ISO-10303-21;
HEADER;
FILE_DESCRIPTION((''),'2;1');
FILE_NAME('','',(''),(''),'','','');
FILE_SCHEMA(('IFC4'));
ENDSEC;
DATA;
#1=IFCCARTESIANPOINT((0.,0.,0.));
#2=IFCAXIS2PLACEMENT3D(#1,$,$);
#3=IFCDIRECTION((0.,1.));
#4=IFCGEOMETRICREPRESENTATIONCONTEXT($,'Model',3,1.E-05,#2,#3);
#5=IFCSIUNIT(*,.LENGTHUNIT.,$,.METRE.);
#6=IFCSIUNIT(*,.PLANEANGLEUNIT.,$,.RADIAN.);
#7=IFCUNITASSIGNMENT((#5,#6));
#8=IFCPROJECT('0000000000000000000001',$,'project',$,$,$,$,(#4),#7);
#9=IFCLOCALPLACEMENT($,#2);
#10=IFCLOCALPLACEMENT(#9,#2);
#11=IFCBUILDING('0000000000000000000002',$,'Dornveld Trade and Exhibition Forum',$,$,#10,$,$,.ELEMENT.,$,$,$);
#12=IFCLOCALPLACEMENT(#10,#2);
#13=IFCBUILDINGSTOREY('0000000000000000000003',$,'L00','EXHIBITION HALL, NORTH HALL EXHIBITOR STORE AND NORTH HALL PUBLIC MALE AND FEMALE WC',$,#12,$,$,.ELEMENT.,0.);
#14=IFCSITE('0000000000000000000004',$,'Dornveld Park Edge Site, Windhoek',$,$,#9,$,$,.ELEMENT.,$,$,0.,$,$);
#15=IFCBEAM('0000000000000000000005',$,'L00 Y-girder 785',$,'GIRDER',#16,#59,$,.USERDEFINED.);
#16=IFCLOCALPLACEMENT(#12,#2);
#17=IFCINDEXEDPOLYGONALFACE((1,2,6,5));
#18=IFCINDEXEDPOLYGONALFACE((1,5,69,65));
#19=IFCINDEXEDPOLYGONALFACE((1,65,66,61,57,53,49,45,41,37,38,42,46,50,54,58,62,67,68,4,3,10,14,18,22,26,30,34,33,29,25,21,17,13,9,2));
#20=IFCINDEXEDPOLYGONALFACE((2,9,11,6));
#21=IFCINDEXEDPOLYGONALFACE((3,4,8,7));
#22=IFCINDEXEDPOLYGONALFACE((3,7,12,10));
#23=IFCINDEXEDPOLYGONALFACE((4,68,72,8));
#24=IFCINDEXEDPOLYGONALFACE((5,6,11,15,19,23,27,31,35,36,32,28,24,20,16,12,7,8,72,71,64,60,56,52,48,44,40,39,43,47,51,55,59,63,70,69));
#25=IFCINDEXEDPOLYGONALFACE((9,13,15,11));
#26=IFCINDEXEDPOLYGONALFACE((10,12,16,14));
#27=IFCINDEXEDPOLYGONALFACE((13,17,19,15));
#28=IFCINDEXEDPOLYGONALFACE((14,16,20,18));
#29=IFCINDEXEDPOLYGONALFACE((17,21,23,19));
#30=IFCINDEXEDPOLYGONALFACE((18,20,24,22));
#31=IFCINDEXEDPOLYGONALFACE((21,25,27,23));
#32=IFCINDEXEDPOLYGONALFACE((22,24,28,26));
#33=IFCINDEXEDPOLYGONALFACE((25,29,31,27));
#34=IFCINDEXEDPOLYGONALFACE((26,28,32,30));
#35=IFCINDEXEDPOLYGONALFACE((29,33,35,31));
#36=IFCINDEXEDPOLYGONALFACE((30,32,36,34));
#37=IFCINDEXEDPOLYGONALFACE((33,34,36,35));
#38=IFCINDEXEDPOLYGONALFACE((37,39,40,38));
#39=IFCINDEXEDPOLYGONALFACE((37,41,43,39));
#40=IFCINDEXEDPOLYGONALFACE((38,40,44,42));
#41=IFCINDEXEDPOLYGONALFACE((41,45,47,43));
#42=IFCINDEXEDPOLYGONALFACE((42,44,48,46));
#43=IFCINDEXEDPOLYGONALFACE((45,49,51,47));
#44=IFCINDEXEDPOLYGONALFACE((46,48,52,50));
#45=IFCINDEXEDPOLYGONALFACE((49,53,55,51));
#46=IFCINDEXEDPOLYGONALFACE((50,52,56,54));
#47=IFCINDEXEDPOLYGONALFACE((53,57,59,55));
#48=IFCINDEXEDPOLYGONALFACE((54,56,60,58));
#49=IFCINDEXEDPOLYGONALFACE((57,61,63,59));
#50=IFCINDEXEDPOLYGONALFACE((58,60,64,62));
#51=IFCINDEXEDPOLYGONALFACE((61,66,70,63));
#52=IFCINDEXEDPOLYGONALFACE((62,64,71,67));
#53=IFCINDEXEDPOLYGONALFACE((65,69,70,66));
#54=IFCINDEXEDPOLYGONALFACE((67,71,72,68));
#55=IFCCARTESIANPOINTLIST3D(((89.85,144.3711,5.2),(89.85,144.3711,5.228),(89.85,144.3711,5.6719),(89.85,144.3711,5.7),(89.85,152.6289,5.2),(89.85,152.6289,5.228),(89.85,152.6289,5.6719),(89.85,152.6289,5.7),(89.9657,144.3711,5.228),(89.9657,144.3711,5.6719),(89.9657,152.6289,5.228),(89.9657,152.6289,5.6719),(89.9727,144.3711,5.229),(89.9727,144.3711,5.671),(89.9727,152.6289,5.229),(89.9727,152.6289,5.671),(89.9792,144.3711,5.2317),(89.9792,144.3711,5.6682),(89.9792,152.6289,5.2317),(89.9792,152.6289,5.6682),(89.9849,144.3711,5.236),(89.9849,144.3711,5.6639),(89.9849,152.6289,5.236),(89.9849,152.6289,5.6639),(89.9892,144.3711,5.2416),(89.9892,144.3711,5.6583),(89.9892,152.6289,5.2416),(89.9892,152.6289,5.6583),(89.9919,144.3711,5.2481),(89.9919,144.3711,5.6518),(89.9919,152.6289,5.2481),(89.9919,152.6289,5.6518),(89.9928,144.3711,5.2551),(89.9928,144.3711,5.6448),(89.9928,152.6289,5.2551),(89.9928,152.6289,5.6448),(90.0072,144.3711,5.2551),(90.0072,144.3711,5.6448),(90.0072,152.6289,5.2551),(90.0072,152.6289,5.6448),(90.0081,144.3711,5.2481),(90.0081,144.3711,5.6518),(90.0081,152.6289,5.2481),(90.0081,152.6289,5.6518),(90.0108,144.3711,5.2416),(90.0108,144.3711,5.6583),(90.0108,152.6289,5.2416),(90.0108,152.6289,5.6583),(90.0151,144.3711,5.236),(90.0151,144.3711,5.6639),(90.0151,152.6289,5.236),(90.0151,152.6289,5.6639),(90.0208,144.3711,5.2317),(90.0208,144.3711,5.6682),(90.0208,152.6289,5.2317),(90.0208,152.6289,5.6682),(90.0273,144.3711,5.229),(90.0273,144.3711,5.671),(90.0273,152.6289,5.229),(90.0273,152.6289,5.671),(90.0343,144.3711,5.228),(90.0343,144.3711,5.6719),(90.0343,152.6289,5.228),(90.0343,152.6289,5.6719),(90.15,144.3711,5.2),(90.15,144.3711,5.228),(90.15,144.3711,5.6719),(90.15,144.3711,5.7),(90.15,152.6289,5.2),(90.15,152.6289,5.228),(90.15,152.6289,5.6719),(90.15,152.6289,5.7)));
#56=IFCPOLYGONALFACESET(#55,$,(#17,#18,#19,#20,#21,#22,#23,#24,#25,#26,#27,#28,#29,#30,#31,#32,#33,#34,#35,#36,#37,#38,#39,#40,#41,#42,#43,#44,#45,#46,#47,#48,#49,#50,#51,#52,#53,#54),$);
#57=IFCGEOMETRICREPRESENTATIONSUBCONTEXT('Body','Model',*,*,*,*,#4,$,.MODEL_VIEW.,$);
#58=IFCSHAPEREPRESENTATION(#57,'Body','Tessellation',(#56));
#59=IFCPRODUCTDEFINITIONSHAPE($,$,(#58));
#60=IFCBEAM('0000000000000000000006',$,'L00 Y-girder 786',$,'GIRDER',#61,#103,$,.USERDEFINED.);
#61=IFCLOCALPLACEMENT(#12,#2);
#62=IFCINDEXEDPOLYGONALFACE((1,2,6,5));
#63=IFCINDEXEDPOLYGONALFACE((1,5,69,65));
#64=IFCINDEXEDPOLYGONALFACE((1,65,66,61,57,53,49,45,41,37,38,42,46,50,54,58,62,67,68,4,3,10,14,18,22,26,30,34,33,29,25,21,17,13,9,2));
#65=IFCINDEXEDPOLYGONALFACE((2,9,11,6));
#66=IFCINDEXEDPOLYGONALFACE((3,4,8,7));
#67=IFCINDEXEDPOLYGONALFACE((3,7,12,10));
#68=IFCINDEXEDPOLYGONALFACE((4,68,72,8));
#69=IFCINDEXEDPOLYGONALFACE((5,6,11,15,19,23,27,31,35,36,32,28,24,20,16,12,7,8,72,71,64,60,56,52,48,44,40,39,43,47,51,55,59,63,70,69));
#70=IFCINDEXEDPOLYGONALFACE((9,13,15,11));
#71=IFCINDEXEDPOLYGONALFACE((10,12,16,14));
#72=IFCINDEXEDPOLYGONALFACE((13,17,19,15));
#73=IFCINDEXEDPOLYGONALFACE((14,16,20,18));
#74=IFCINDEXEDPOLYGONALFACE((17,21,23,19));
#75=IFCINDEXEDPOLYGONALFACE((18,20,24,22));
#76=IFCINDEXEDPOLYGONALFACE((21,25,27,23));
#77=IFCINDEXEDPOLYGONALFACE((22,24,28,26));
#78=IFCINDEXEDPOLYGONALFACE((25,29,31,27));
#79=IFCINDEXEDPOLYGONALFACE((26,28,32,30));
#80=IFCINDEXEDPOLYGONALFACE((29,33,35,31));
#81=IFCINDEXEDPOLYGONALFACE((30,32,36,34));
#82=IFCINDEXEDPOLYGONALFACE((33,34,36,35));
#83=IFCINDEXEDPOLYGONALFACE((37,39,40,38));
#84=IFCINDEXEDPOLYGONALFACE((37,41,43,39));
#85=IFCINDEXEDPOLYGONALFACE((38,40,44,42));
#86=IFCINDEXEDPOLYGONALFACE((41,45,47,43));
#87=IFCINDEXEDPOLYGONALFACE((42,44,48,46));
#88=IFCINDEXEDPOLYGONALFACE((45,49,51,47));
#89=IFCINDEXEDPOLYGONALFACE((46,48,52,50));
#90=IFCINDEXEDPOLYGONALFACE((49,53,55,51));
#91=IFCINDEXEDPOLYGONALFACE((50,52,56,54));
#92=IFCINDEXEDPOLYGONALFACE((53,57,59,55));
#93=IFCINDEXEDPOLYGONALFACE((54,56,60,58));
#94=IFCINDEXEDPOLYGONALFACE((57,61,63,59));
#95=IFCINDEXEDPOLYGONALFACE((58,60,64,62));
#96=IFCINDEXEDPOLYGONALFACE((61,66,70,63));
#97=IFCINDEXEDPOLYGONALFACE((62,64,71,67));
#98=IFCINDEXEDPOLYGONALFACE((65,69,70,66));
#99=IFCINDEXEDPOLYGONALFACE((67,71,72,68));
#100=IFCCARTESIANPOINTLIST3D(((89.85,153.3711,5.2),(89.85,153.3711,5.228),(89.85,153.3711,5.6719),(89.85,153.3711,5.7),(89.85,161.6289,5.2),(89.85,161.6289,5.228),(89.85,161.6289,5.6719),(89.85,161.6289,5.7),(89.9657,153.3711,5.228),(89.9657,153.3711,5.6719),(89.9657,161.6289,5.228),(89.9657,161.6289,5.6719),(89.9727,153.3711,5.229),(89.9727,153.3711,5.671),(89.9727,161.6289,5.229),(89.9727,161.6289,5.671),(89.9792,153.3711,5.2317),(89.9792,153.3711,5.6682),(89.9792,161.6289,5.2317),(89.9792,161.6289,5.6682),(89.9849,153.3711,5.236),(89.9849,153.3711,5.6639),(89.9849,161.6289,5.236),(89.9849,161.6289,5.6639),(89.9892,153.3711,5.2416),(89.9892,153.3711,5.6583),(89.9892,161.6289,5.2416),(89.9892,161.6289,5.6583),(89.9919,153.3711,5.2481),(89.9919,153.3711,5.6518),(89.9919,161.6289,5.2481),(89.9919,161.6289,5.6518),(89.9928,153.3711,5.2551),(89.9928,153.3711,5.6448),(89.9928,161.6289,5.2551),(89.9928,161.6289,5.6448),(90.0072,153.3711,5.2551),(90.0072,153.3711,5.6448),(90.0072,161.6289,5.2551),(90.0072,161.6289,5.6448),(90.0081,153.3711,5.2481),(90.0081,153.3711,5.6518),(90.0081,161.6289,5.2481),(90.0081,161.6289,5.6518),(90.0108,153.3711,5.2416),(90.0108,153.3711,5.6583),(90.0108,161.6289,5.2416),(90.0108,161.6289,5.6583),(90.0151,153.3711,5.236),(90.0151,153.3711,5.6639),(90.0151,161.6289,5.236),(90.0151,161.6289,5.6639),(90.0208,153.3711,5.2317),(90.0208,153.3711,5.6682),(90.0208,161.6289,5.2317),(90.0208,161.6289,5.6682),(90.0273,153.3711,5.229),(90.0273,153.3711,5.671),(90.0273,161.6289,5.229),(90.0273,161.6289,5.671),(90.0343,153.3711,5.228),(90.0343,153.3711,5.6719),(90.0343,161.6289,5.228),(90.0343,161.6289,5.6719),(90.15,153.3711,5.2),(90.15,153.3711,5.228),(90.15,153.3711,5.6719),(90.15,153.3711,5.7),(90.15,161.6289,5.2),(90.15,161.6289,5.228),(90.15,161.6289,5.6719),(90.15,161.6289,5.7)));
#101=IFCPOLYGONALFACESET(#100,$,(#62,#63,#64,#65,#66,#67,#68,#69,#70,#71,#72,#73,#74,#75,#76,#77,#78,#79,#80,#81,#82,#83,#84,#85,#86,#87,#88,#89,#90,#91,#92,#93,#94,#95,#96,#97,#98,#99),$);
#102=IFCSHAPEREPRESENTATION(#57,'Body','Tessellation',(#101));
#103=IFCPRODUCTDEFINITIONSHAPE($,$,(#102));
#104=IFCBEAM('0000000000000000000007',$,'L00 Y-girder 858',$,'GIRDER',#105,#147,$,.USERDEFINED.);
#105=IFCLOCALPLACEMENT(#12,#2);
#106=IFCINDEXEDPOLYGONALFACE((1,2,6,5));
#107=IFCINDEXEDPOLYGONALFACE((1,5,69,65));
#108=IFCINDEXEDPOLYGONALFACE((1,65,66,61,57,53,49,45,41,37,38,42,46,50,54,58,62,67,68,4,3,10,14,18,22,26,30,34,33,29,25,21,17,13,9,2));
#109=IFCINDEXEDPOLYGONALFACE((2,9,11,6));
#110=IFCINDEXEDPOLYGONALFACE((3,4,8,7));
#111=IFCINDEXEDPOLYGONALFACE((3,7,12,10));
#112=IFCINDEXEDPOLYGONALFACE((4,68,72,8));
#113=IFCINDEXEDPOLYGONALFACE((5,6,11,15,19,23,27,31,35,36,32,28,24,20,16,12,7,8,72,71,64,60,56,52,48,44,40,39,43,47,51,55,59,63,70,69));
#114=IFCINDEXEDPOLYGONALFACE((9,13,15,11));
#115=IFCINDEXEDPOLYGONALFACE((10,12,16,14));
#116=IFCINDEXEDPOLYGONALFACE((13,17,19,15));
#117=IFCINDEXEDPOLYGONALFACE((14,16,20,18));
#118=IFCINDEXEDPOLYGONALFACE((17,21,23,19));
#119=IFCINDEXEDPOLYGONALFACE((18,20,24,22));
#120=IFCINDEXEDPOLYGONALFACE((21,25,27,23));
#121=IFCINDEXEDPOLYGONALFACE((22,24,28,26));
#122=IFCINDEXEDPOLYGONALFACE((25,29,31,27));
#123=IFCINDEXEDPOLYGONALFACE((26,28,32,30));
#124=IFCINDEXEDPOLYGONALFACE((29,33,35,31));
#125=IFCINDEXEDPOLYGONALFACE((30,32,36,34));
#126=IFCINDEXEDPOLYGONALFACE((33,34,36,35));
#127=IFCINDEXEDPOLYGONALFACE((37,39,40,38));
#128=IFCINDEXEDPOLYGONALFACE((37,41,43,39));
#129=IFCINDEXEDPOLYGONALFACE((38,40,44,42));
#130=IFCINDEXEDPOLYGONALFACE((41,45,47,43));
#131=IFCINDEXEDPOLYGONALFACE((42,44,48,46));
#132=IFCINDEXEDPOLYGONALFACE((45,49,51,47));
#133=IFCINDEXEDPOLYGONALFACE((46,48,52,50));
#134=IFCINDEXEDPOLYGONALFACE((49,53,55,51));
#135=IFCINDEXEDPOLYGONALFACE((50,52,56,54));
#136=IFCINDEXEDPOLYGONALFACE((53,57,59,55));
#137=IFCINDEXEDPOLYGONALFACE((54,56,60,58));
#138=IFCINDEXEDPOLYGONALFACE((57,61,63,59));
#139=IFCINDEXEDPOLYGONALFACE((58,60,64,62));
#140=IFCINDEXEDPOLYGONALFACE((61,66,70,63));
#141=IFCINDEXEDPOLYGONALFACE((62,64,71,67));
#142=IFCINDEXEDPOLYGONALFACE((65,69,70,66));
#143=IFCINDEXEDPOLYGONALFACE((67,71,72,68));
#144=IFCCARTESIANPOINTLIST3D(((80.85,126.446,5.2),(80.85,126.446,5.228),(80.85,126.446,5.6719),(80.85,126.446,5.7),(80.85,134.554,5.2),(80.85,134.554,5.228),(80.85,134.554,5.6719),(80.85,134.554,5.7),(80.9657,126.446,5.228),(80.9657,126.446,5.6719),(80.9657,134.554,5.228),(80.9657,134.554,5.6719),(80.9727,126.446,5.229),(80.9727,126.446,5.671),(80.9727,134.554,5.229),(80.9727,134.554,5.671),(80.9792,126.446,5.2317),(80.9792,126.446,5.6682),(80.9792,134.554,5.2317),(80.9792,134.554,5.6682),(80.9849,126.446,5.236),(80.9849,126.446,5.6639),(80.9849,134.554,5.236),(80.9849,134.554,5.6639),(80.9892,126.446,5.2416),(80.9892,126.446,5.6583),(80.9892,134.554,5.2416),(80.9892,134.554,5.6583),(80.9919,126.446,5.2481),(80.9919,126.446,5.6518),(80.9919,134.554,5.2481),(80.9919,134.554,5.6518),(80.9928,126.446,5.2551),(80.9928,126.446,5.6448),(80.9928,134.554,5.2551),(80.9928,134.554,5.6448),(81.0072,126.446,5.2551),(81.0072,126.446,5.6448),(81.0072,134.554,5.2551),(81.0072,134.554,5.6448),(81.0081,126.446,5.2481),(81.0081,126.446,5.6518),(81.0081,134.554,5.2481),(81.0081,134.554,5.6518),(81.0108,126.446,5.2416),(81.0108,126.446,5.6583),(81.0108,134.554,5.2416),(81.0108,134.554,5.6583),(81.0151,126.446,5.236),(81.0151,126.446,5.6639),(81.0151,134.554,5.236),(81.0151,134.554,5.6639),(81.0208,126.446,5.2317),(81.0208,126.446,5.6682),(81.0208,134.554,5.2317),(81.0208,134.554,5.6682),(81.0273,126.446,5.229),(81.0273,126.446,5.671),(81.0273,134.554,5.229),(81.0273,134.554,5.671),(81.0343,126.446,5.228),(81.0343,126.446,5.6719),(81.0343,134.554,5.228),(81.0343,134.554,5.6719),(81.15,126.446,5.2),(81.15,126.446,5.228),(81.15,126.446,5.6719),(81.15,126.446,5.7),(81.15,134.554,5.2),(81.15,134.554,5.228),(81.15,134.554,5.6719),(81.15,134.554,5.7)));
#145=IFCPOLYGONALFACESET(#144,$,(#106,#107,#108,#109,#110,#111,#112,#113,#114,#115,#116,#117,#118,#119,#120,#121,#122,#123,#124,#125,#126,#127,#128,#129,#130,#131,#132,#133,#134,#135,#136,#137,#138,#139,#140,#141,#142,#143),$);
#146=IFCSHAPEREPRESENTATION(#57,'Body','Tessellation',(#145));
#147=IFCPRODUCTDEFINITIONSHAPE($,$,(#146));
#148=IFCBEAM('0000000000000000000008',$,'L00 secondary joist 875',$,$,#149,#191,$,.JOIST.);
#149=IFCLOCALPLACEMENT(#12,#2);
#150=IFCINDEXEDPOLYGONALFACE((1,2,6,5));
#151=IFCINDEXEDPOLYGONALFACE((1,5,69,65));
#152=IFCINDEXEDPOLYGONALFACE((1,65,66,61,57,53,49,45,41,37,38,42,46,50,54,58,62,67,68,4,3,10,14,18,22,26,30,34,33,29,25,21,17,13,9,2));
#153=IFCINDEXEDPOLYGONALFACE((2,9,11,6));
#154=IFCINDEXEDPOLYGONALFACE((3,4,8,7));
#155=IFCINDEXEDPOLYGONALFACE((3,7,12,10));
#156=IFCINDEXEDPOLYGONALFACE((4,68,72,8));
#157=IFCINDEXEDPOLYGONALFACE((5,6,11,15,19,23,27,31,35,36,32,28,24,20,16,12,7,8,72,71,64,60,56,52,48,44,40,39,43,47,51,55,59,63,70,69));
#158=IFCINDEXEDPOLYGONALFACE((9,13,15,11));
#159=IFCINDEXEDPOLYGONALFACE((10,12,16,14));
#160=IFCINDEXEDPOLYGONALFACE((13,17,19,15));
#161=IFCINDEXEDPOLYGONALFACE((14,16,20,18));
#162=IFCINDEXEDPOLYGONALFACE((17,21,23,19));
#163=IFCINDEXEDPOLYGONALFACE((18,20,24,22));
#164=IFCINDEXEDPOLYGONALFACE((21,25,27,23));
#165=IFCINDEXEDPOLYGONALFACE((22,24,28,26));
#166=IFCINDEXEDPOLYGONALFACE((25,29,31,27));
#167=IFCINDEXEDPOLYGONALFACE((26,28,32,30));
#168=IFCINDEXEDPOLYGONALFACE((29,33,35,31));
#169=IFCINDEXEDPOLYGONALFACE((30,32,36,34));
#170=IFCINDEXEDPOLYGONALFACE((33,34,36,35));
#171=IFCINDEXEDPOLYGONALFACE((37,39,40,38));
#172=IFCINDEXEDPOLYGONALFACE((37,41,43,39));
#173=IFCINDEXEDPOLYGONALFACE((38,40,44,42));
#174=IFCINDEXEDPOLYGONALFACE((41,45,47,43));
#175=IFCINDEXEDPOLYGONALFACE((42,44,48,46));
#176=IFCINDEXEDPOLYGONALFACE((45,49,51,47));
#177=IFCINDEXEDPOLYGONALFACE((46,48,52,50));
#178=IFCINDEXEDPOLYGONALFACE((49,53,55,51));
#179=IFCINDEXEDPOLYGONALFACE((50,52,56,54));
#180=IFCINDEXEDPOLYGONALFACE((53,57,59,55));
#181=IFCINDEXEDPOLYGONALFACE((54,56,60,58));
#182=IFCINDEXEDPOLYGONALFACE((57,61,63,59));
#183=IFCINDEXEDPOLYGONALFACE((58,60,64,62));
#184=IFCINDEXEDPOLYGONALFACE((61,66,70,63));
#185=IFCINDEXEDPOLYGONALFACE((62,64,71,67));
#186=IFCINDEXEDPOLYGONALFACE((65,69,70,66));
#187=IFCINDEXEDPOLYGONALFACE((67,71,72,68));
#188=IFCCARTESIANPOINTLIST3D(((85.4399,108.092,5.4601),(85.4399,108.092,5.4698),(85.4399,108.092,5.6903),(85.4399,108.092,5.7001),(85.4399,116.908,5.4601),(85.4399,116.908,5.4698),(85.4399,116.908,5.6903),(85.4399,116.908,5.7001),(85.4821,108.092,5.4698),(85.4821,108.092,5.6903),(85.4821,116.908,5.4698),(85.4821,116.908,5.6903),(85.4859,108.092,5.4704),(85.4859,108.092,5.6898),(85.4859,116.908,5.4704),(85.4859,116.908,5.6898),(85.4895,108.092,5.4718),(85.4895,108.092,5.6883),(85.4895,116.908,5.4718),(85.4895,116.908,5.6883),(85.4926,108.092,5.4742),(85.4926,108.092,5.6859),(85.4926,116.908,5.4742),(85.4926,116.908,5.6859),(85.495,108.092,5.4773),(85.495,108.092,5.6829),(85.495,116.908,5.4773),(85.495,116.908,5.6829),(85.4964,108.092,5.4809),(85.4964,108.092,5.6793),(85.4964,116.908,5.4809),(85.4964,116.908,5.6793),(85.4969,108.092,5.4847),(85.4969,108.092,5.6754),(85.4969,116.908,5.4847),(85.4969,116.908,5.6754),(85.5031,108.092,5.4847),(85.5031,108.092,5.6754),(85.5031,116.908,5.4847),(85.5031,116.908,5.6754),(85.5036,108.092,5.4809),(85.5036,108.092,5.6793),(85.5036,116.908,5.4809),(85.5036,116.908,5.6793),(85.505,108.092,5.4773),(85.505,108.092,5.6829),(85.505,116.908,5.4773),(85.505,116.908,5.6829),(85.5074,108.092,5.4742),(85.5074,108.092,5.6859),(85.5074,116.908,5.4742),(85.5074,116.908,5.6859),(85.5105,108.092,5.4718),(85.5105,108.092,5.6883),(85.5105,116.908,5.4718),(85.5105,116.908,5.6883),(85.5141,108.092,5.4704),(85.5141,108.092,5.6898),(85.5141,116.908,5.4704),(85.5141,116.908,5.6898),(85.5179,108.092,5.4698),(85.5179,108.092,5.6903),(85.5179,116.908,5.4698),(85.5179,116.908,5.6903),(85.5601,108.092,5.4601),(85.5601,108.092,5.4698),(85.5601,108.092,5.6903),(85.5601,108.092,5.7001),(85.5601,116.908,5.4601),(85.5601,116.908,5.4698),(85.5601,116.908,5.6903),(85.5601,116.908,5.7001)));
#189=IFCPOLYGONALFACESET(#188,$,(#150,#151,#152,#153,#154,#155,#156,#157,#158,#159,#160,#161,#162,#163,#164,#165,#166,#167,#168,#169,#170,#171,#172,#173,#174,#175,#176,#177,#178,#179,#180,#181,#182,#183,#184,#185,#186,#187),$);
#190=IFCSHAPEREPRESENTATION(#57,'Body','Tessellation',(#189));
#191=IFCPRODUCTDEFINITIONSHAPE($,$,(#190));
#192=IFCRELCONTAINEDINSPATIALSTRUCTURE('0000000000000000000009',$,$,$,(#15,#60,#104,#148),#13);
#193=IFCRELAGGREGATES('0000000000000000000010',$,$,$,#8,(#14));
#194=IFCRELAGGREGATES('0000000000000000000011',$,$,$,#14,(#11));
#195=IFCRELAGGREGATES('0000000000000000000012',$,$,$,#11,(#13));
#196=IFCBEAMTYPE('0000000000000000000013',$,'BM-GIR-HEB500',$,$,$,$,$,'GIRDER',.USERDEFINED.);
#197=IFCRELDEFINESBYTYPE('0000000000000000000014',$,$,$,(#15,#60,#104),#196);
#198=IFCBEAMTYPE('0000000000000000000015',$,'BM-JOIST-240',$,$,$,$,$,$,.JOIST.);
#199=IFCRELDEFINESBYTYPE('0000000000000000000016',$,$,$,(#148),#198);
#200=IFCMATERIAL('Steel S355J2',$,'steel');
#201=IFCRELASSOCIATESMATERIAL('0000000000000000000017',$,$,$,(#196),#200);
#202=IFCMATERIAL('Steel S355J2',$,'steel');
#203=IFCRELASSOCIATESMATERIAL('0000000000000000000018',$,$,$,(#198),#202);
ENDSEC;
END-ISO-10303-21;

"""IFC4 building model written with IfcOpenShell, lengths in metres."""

from ifc_helpers import new_model, si_unit, direction, frame, origin, origin_2d, place, context, subcontext, project, spatial, i_section, extrude, material, material_profile, profile_set, type_object, element, save


model = new_model("IFC4")

# Units and contexts
model_context = context("Model", 3, precision=1e-05, world=origin(), true_north=direction((0.0, 1.0)))
body_context = subcontext(model_context, "Body", "Model", "MODEL_VIEW")
ifc_project = project(units=[si_unit("LENGTHUNIT", "METRE"), si_unit("PLANEANGLEUNIT", "RADIAN")], contexts=[model_context])

# Site, building, storey
site_placement = place(None, origin())
site = spatial("IfcSite", under=ifc_project, at=site_placement, Name="Dornveld Park Edge Site, Windhoek", CompositionType="ELEMENT", RefElevation=0.0)
building_placement = place(site_placement, origin())
building = spatial("IfcBuilding", under=site, at=building_placement, Name="Dornveld Trade and Exhibition Forum", CompositionType="ELEMENT")
storey_placement = place(building_placement, origin())
storey = spatial("IfcBuildingStorey", under=building, at=storey_placement, Name="L00", Description="EXHIBITION HALL, NORTH HALL EXHIBITOR STORE AND NORTH HALL PUBLIC MALE AND FEMALE WC", CompositionType="ELEMENT", Elevation=0.0)

# Beams
ifc_material_1 = material(Name="Steel S355J2", Category="steel")
ifc_material_profile_1 = material_profile(ifc_material_1, i_section(OverallWidth=0.3, OverallDepth=0.5, WebThickness=0.0144, FlangeThickness=0.0281, FilletRadius=0.0271, at=origin_2d()), Name="HEB 500")
ifc_profile_set_1 = profile_set([ifc_material_profile_1], Name="Steel S355J2")
beam_type_1 = type_object("IfcBeamType", Name="BM-GIR-HEB500", ElementType="GIRDER", PredefinedType="USERDEFINED", material=ifc_profile_set_1)
for number, where, z_axis, x_axis, name in (
    (1, (90.0, 144.3711, 5.45), (0.0, 1.0, 0.0), (-1.0, 0.0, 0.0), "L00 Y-girder 785"),
    (2, (90.0, 153.3711, 5.45), (0.0, 1.0, 0.0), (-1.0, 0.0, 0.0), "L00 Y-girder 786"),
):
    element("IfcBeam", number, at=place(storey_placement, frame(where, z_axis=z_axis, x_axis=x_axis)), inside=storey, type_object=beam_type_1, Name=name, ObjectType="GIRDER", PredefinedType="USERDEFINED", context=body_context, shape_type="SweptSolid", body=[
        extrude(i_section(OverallWidth=0.3, OverallDepth=0.5, WebThickness=0.0144, FlangeThickness=0.0281, FilletRadius=0.0271, at=origin_2d()), origin(), (0.0, 0.0, 1.0), 8.2578),
    ])
beam_1_placement = place(storey_placement, frame((81.0, 126.446, 5.45), z_axis=(0.0, 1.0, 0.0), x_axis=(-1.0, 0.0, 0.0)))
element("IfcBeam", 3, at=beam_1_placement, inside=storey, type_object=beam_type_1, Name="L00 Y-girder 858", ObjectType="GIRDER", PredefinedType="USERDEFINED", context=body_context, shape_type="SweptSolid", body=[
    extrude(i_section(OverallWidth=0.3, OverallDepth=0.5, WebThickness=0.0144, FlangeThickness=0.0281, FilletRadius=0.0271, at=origin_2d()), origin(), (0.0, 0.0, 1.0), 8.1079),
])
ifc_material_2 = material(Name="Steel S355J2", Category="steel")
ifc_material_profile_2 = material_profile(ifc_material_2, i_section(OverallWidth=0.1201, OverallDepth=0.24, WebThickness=0.0061, FlangeThickness=0.0098, FilletRadius=0.0149, at=origin_2d()), Name="IPE 240")
ifc_profile_set_2 = profile_set([ifc_material_profile_2], Name="Steel S355J2")
beam_type_2 = type_object("IfcBeamType", Name="BM-JOIST-240", PredefinedType="JOIST", material=ifc_profile_set_2)
for number, where, z_axis, x_axis, name in (
    (4, (85.5, 108.092, 5.5801), (0.0, 1.0, 0.0), (-1.0, 0.0, 0.0), "L00 secondary joist 875"),
):
    element("IfcBeam", number, at=place(storey_placement, frame(where, z_axis=z_axis, x_axis=x_axis)), inside=storey, type_object=beam_type_2, Name=name, PredefinedType="JOIST", context=body_context, shape_type="SweptSolid", body=[
        extrude(i_section(OverallWidth=0.1201, OverallDepth=0.24, WebThickness=0.0061, FlangeThickness=0.0098, FilletRadius=0.0149, at=origin_2d()), origin(), (0.0, 0.0, 1.0), 8.8159),
    ])

save(model, "model.ifc")
